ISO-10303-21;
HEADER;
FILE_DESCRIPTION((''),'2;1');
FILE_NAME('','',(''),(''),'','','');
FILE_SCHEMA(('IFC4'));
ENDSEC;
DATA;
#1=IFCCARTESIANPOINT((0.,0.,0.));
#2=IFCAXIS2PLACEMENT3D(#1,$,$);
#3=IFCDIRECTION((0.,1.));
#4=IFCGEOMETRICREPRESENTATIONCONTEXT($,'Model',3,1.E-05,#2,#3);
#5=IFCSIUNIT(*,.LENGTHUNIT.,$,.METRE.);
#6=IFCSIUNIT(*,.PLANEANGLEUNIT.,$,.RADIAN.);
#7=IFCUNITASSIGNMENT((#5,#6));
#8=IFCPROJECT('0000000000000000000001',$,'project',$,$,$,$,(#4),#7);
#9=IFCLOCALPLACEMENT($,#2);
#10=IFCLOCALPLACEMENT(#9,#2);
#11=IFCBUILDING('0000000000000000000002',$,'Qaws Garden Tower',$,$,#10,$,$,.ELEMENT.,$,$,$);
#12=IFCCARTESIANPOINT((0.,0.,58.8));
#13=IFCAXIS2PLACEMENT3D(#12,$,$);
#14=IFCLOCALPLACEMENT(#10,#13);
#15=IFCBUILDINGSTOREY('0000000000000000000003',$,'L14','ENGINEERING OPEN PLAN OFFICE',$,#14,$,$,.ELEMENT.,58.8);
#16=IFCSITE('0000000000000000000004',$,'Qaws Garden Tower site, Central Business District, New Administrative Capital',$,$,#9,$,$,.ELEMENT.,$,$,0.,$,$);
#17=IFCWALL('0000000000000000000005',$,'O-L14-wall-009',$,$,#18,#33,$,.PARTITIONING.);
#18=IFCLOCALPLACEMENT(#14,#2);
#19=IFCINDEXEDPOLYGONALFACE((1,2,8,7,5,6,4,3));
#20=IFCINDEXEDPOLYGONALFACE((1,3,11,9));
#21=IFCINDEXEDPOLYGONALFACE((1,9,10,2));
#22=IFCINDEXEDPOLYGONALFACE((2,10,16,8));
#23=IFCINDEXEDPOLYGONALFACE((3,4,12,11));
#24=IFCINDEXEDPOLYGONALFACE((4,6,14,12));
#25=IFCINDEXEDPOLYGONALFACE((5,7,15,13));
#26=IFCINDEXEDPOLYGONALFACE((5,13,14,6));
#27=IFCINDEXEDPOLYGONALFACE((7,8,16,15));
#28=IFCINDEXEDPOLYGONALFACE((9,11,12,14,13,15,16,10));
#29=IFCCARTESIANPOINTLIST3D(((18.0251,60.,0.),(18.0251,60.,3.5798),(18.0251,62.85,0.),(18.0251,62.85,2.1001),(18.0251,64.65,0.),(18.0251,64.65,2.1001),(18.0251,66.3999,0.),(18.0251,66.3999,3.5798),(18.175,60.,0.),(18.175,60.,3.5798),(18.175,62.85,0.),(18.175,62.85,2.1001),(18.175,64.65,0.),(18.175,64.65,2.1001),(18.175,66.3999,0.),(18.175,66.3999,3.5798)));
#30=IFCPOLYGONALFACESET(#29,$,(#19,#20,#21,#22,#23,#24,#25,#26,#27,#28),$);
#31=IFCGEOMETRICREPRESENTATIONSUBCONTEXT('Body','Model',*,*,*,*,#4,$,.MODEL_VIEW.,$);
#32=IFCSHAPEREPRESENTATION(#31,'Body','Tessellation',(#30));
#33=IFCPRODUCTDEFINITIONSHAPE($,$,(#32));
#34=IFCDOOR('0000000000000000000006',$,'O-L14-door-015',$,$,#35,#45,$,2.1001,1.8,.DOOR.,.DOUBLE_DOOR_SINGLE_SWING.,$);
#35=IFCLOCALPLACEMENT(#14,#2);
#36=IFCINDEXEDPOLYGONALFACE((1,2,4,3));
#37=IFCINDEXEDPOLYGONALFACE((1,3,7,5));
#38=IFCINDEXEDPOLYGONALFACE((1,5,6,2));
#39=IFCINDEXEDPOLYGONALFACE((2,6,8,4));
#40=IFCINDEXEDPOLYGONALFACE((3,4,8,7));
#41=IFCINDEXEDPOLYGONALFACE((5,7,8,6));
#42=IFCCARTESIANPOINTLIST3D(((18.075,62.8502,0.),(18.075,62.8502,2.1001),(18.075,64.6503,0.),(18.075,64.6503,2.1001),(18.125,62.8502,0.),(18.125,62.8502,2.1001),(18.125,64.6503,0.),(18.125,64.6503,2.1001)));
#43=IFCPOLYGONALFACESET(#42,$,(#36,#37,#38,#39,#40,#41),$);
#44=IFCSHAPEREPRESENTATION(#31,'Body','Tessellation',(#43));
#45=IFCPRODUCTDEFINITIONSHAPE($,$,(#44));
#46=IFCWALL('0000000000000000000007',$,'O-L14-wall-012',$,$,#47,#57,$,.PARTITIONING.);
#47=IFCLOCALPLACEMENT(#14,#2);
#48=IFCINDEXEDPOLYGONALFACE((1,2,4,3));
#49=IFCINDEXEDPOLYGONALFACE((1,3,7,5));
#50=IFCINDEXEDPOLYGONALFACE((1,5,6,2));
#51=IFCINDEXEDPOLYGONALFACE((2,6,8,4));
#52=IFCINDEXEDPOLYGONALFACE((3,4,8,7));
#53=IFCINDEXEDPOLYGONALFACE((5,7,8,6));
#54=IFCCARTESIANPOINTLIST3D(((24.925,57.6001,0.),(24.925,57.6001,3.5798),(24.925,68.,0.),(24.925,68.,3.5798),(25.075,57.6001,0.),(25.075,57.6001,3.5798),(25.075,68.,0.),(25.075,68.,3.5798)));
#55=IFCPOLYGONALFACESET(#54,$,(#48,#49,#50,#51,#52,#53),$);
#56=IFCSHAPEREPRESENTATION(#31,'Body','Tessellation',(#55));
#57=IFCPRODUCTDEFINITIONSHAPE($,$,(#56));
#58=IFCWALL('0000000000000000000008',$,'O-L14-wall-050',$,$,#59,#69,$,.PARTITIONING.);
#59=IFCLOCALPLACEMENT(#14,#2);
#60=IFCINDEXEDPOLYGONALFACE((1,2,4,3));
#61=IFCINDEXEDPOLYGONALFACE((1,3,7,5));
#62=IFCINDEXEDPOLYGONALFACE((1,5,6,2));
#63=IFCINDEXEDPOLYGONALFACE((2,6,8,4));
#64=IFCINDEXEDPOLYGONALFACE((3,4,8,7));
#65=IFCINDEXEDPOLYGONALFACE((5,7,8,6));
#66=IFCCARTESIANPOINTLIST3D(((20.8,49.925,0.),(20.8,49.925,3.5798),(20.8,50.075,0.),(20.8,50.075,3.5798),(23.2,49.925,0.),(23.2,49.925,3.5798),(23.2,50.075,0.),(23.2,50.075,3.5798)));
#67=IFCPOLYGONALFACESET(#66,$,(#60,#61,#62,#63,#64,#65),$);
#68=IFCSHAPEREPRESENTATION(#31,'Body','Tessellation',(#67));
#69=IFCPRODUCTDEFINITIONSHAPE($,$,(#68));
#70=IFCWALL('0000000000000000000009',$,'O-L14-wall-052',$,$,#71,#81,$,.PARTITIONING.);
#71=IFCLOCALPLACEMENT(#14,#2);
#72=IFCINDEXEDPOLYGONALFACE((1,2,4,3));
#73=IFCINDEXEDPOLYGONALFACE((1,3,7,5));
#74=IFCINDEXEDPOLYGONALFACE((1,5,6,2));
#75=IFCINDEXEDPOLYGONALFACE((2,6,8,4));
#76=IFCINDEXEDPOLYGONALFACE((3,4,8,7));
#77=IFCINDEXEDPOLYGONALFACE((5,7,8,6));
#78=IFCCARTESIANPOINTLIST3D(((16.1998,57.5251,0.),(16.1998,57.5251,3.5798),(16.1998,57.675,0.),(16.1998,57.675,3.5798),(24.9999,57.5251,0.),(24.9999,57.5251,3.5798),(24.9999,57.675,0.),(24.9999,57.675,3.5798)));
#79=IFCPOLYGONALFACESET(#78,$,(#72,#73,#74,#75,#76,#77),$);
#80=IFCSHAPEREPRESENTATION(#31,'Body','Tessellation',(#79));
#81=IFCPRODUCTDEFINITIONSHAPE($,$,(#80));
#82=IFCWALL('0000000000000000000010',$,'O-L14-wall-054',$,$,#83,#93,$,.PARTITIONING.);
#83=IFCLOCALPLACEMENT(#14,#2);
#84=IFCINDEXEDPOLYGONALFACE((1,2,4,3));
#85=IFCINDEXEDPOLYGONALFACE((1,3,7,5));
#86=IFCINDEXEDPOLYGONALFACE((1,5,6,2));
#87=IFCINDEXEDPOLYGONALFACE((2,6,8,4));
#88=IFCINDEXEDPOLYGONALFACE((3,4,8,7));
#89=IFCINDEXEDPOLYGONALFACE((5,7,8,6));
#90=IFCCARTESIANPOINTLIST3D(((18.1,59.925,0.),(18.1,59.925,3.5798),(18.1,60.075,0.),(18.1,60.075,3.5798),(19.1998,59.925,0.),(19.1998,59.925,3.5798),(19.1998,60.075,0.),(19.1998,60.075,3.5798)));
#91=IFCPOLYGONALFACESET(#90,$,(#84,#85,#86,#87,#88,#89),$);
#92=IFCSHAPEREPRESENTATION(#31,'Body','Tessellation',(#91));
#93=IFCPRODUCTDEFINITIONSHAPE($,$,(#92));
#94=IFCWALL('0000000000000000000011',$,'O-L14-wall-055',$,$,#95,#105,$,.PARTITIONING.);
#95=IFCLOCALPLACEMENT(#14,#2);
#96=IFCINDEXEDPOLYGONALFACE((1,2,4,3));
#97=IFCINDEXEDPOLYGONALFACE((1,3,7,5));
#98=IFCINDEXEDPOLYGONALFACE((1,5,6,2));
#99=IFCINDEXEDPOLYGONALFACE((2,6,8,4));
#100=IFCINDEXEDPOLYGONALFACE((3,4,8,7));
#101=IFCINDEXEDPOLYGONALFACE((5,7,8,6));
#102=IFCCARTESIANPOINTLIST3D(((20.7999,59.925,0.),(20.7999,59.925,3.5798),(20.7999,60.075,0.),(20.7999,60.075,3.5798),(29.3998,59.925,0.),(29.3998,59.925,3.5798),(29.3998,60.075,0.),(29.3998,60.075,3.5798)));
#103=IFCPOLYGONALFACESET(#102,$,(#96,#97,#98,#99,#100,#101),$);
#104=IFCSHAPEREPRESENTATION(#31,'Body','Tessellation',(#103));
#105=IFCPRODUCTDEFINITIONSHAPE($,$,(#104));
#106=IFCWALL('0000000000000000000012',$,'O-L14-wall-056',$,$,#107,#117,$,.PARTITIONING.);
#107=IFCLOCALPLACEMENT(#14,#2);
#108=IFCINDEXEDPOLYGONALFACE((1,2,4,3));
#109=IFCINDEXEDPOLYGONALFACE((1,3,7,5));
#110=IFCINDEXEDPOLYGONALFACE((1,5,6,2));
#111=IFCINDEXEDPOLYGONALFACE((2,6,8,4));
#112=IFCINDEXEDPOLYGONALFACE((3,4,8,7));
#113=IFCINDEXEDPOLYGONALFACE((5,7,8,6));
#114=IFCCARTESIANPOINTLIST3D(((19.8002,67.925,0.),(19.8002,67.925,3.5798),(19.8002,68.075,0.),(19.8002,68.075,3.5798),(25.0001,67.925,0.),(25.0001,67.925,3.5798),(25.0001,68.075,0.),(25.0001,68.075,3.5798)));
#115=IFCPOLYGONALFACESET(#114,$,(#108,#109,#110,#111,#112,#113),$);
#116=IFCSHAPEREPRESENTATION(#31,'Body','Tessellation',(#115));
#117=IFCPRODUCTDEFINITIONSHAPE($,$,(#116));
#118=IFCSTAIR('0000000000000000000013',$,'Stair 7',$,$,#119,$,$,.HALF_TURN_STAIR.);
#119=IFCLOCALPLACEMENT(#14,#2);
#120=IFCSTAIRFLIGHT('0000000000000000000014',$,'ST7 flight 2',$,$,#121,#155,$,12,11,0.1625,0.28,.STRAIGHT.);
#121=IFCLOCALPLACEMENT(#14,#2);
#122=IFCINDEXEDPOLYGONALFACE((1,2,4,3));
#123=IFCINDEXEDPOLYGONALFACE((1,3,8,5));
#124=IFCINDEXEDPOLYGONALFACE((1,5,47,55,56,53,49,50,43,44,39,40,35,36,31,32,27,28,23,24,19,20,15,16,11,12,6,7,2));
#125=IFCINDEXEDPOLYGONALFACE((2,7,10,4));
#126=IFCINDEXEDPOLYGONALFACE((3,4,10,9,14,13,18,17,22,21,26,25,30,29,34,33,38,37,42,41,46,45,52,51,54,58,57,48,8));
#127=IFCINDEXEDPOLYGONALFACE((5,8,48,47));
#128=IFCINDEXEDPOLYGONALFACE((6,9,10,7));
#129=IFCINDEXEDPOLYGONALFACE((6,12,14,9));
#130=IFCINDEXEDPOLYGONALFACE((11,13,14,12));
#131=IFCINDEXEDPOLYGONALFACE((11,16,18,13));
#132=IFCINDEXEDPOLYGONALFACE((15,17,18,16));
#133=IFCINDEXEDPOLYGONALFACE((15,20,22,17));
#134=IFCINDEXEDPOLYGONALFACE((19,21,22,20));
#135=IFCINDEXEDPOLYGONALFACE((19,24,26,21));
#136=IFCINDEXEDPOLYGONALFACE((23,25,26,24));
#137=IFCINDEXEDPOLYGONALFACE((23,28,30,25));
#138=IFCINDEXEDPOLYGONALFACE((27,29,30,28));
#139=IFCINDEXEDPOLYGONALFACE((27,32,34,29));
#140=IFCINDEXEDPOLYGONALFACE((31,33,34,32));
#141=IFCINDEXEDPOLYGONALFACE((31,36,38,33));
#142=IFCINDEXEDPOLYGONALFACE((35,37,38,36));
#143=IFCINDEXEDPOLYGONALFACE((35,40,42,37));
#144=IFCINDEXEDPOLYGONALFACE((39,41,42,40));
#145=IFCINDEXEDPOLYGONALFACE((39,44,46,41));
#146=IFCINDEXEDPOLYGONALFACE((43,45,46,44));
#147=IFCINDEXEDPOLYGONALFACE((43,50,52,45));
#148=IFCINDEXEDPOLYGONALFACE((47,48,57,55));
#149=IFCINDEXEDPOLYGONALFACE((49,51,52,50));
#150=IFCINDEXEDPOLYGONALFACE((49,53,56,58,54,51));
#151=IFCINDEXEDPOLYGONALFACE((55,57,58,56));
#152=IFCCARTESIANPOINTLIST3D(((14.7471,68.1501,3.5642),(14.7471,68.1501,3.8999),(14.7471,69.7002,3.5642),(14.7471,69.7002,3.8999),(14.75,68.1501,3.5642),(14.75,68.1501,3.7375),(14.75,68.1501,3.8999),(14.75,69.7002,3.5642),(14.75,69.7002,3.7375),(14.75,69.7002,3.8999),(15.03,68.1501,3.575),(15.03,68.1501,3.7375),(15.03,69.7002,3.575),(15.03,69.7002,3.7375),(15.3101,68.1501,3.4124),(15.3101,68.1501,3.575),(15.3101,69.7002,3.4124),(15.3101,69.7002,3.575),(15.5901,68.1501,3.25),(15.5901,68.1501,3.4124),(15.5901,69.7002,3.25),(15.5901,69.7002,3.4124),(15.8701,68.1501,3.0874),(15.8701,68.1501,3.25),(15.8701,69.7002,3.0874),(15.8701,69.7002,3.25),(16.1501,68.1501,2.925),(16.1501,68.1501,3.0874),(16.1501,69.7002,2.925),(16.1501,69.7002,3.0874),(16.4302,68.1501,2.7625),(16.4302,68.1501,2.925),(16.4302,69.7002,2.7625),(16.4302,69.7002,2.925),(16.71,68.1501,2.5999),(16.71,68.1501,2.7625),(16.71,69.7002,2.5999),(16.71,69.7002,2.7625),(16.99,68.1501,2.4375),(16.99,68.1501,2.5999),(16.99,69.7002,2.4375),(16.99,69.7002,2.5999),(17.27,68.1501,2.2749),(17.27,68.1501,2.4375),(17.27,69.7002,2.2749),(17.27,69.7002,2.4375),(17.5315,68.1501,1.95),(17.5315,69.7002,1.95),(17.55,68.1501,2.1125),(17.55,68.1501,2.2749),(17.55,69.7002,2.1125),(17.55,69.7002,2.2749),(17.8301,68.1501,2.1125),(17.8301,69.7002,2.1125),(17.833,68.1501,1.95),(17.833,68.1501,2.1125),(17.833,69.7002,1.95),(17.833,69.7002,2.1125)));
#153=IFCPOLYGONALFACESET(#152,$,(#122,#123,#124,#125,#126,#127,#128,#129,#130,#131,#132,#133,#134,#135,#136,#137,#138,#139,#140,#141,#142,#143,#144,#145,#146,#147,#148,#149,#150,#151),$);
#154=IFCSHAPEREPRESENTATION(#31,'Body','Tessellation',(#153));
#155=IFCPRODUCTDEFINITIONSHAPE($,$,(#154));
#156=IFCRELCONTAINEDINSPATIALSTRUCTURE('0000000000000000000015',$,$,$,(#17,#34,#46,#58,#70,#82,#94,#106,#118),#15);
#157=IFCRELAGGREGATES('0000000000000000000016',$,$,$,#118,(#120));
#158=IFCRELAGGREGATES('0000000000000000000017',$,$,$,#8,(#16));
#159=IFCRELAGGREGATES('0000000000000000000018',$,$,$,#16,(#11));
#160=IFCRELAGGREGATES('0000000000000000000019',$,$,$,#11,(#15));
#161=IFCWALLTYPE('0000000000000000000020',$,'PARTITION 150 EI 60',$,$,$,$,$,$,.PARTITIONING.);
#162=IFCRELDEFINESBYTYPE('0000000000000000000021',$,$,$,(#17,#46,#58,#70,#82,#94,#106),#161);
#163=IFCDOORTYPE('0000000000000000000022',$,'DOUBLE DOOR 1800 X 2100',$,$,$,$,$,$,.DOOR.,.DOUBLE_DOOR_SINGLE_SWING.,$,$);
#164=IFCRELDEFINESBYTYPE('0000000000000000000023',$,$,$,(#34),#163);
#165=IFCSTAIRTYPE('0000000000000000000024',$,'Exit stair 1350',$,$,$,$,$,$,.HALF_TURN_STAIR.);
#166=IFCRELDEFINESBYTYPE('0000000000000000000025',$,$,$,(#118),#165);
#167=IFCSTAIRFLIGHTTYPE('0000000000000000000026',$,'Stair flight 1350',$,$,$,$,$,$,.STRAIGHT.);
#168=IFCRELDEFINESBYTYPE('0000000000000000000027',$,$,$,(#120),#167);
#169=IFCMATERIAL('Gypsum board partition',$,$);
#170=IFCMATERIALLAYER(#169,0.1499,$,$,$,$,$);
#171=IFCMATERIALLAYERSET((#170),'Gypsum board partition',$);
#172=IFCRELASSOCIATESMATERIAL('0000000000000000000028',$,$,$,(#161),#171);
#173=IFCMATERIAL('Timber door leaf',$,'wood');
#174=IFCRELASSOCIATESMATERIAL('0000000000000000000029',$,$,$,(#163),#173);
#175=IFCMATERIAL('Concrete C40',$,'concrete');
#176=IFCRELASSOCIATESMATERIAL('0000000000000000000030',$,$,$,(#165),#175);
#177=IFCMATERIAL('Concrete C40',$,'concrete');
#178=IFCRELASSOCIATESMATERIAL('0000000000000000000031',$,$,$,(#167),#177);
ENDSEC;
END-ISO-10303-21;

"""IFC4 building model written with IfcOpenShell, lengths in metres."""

from ifc_helpers import new_model, si_unit, direction, frame, frame_2d, origin, place, context, subcontext, project, spatial, polyline, rectangle, outline, extrude, material, layer, layer_set, type_object, element, fill, aggregate, save


model = new_model("IFC4")

# Units and contexts
model_context = context("Model", 3, precision=1e-05, world=origin(), true_north=direction((0.0, 1.0)))
body_context = subcontext(model_context, "Body", "Model", "MODEL_VIEW")
ifc_project = project(units=[si_unit("LENGTHUNIT", "METRE"), si_unit("PLANEANGLEUNIT", "RADIAN")], contexts=[model_context])

# Site, building, storey
site_placement = place(None, origin())
site = spatial("IfcSite", under=ifc_project, at=site_placement, Name="Qaws Garden Tower site, Central Business District, New Administrative Capital", CompositionType="ELEMENT", RefElevation=0.0)
building_placement = place(site_placement, origin())
building = spatial("IfcBuilding", under=site, at=building_placement, Name="Qaws Garden Tower", CompositionType="ELEMENT")
storey_placement = place(building_placement, frame((0.0, 0.0, 58.8)))
storey = spatial("IfcBuildingStorey", under=building, at=storey_placement, Name="L14", Description="ENGINEERING OPEN PLAN OFFICE", CompositionType="ELEMENT", Elevation=58.8)

# Wall, opening, door
ifc_material_1 = material(Name="Gypsum board partition")
ifc_layer_1 = layer(ifc_material_1, 0.1499)
ifc_layer_set_1 = layer_set([ifc_layer_1], Name="Gypsum board partition")
wall_type_1 = type_object("IfcWallType", Name="PARTITION 150 EI 60", PredefinedType="PARTITIONING", material=ifc_layer_set_1)
wall_1_placement = place(storey_placement, frame((18.1001, 60.0, 0.0), z_axis=(0.0, 0.0, 1.0), x_axis=(0.0, 1.0, 0.0)))
wall_1 = element("IfcWall", 1, at=wall_1_placement, inside=storey, type_object=wall_type_1, Name="O-L14-wall-009", PredefinedType="PARTITIONING", context=body_context, shape_type="SweptSolid", body=[
    extrude(rectangle(XDim=6.3999, YDim=0.1499, at=frame_2d((3.2, 0.0))), origin(), (0.0, 0.0, 1.0), 3.5798),
])
opening_1_placement = place(wall_1_placement, frame((2.8501, 0.0, 0.0)))
opening_1 = element("IfcOpeningElement", 2, at=opening_1_placement, cuts=wall_1, PredefinedType="OPENING", context=body_context, shape_type="SweptSolid", body=[
    extrude(rectangle(XDim=1.8, YDim=2.1001, at=frame_2d((0.8999, 1.05))), frame((0.0, 0.085, 0.0), z_axis=(0.0, -1.0, 0.0), x_axis=(1.0, 0.0, 0.0)), (0.0, 0.0, 1.0), 0.1699),
])
ifc_material_2 = material(Name="Timber door leaf", Category="wood")
door_type = type_object("IfcDoorType", Name="DOUBLE DOOR 1800 X 2100", OperationType="DOUBLE_DOOR_SINGLE_SWING", PredefinedType="DOOR", material=ifc_material_2)
door_placement = place(opening_1_placement, frame((1.8, 0.0, 0.0), z_axis=(0.0, 0.0, 1.0), x_axis=(-1.0, 0.0, 0.0)))
door = element("IfcDoor", 3, at=door_placement, inside=storey, type_object=door_type, Name="O-L14-door-015", OperationType="DOUBLE_DOOR_SINGLE_SWING", OverallHeight=2.1001, OverallWidth=1.8, PredefinedType="DOOR", context=body_context, shape_type="SweptSolid", body=[
    extrude(rectangle(XDim=1.8, YDim=2.1001, at=frame_2d((0.8999, 1.05))), frame((0.0, 0.0249, 0.0), z_axis=(0.0, -1.0, 0.0), x_axis=(1.0, 0.0, 0.0)), (0.0, 0.0, 1.0), 0.05),
])
fill(opening_1, door)

# Walls
wall_2_placement = place(storey_placement, frame((25.0, 57.6001, 0.0), z_axis=(0.0, 0.0, 1.0), x_axis=(0.0, 1.0, 0.0)))
element("IfcWall", 4, at=wall_2_placement, inside=storey, type_object=wall_type_1, Name="O-L14-wall-012", PredefinedType="PARTITIONING", context=body_context, shape_type="SweptSolid", body=[
    extrude(rectangle(XDim=10.3999, YDim=0.1499, at=frame_2d((5.2, 0.0))), origin(), (0.0, 0.0, 1.0), 3.5798),
])
wall_3_placement = place(storey_placement, frame((20.8, 50.0, 0.0), z_axis=(0.0, 0.0, 1.0), x_axis=(1.0, 0.0, 0.0)))
element("IfcWall", 5, at=wall_3_placement, inside=storey, type_object=wall_type_1, Name="O-L14-wall-050", PredefinedType="PARTITIONING", context=body_context, shape_type="SweptSolid", body=[
    extrude(rectangle(XDim=2.3999, YDim=0.1499, at=frame_2d((1.2, 0.0))), origin(), (0.0, 0.0, 1.0), 3.5798),
])
wall_4_placement = place(storey_placement, frame((16.2, 57.6001, 0.0), z_axis=(0.0, 0.0, 1.0), x_axis=(1.0, 0.0, 0.0)))
element("IfcWall", 6, at=wall_4_placement, inside=storey, type_object=wall_type_1, Name="O-L14-wall-052", PredefinedType="PARTITIONING", context=body_context, shape_type="SweptSolid", body=[
    extrude(rectangle(XDim=8.8, YDim=0.1499, at=frame_2d((4.3999, 0.0))), origin(), (0.0, 0.0, 1.0), 3.5798),
])
wall_5_placement = place(storey_placement, frame((18.1001, 60.0, 0.0), z_axis=(0.0, 0.0, 1.0), x_axis=(1.0, 0.0, 0.0)))
element("IfcWall", 7, at=wall_5_placement, inside=storey, type_object=wall_type_1, Name="O-L14-wall-054", PredefinedType="PARTITIONING", context=body_context, shape_type="SweptSolid", body=[
    extrude(rectangle(XDim=1.0999, YDim=0.1499, at=frame_2d((0.5498, 0.0))), origin(), (0.0, 0.0, 1.0), 3.5798),
])
wall_6_placement = place(storey_placement, frame((20.8, 60.0, 0.0), z_axis=(0.0, 0.0, 1.0), x_axis=(1.0, 0.0, 0.0)))
element("IfcWall", 8, at=wall_6_placement, inside=storey, type_object=wall_type_1, Name="O-L14-wall-055", PredefinedType="PARTITIONING", context=body_context, shape_type="SweptSolid", body=[
    extrude(rectangle(XDim=8.5999, YDim=0.1499, at=frame_2d((4.2998, 0.0))), origin(), (0.0, 0.0, 1.0), 3.5798),
])
wall_7_placement = place(storey_placement, frame((19.8, 68.0, 0.0), z_axis=(0.0, 0.0, 1.0), x_axis=(1.0, 0.0, 0.0)))
element("IfcWall", 9, at=wall_7_placement, inside=storey, type_object=wall_type_1, Name="O-L14-wall-056", PredefinedType="PARTITIONING", context=body_context, shape_type="SweptSolid", body=[
    extrude(rectangle(XDim=5.2, YDim=0.1499, at=frame_2d((2.6001, 0.0))), origin(), (0.0, 0.0, 1.0), 3.5798),
])

# Stair, stair flight
ifc_material_3 = material(Name="Concrete C40", Category="concrete")
stair_type = type_object("IfcStairType", Name="Exit stair 1350", PredefinedType="HALF_TURN_STAIR", material=ifc_material_3)
stair_placement = place(storey_placement, origin())
stair = element("IfcStair", 10, at=stair_placement, inside=storey, type_object=stair_type, Name="Stair 7", PredefinedType="HALF_TURN_STAIR")
ifc_material_4 = material(Name="Concrete C40", Category="concrete")
stair_flight_type = type_object("IfcStairFlightType", Name="Stair flight 1350", PredefinedType="STRAIGHT", material=ifc_material_4)
stair_flight_placement = place(storey_placement, frame((17.8301, 68.925, 1.95), z_axis=(0.0, 0.0, 1.0), x_axis=(-1.0, 0.0, 0.0)))
stair_flight = element("IfcStairFlight", 11, at=stair_flight_placement, type_object=stair_flight_type, Name="ST7 flight 2", NumberOfRisers=12, NumberOfTreads=11, PredefinedType="STRAIGHT", RiserHeight=0.1625, TreadLength=0.28, context=body_context, shape_type="SweptSolid", body=[
    extrude(outline(polyline([(-0.0029, 0.0), (-0.0029, 0.1626), (0.0, 0.1626), (0.28, 0.1626), (0.28, 0.325), (0.5601, 0.325), (0.5601, 0.4875), (0.8401, 0.4875), (0.8401, 0.6499), (1.1201, 0.6499), (1.1201, 0.8125), (1.3999, 0.8125), (1.3999, 0.9751), (1.6799, 0.9751), (1.6799, 1.1375), (1.96, 1.1375), (1.96, 1.3), (2.24, 1.3), (2.24, 1.4624), (2.52, 1.4624), (2.52, 1.625), (2.8, 1.625), (2.8, 1.7876), (3.0801, 1.7876), (3.0801, 1.95), (3.083, 1.95), (3.083, 1.6143), (3.0801, 1.6143), (0.2986, 0.0), (-0.0029, 0.0)])), frame((0.0, 0.7749, 0.0), z_axis=(0.0, -1.0, 0.0), x_axis=(1.0, 0.0, 0.0)), (0.0, 0.0, 1.0), 1.55),
])
aggregate(stair, [stair_flight])

save(model, "model.ifc")
